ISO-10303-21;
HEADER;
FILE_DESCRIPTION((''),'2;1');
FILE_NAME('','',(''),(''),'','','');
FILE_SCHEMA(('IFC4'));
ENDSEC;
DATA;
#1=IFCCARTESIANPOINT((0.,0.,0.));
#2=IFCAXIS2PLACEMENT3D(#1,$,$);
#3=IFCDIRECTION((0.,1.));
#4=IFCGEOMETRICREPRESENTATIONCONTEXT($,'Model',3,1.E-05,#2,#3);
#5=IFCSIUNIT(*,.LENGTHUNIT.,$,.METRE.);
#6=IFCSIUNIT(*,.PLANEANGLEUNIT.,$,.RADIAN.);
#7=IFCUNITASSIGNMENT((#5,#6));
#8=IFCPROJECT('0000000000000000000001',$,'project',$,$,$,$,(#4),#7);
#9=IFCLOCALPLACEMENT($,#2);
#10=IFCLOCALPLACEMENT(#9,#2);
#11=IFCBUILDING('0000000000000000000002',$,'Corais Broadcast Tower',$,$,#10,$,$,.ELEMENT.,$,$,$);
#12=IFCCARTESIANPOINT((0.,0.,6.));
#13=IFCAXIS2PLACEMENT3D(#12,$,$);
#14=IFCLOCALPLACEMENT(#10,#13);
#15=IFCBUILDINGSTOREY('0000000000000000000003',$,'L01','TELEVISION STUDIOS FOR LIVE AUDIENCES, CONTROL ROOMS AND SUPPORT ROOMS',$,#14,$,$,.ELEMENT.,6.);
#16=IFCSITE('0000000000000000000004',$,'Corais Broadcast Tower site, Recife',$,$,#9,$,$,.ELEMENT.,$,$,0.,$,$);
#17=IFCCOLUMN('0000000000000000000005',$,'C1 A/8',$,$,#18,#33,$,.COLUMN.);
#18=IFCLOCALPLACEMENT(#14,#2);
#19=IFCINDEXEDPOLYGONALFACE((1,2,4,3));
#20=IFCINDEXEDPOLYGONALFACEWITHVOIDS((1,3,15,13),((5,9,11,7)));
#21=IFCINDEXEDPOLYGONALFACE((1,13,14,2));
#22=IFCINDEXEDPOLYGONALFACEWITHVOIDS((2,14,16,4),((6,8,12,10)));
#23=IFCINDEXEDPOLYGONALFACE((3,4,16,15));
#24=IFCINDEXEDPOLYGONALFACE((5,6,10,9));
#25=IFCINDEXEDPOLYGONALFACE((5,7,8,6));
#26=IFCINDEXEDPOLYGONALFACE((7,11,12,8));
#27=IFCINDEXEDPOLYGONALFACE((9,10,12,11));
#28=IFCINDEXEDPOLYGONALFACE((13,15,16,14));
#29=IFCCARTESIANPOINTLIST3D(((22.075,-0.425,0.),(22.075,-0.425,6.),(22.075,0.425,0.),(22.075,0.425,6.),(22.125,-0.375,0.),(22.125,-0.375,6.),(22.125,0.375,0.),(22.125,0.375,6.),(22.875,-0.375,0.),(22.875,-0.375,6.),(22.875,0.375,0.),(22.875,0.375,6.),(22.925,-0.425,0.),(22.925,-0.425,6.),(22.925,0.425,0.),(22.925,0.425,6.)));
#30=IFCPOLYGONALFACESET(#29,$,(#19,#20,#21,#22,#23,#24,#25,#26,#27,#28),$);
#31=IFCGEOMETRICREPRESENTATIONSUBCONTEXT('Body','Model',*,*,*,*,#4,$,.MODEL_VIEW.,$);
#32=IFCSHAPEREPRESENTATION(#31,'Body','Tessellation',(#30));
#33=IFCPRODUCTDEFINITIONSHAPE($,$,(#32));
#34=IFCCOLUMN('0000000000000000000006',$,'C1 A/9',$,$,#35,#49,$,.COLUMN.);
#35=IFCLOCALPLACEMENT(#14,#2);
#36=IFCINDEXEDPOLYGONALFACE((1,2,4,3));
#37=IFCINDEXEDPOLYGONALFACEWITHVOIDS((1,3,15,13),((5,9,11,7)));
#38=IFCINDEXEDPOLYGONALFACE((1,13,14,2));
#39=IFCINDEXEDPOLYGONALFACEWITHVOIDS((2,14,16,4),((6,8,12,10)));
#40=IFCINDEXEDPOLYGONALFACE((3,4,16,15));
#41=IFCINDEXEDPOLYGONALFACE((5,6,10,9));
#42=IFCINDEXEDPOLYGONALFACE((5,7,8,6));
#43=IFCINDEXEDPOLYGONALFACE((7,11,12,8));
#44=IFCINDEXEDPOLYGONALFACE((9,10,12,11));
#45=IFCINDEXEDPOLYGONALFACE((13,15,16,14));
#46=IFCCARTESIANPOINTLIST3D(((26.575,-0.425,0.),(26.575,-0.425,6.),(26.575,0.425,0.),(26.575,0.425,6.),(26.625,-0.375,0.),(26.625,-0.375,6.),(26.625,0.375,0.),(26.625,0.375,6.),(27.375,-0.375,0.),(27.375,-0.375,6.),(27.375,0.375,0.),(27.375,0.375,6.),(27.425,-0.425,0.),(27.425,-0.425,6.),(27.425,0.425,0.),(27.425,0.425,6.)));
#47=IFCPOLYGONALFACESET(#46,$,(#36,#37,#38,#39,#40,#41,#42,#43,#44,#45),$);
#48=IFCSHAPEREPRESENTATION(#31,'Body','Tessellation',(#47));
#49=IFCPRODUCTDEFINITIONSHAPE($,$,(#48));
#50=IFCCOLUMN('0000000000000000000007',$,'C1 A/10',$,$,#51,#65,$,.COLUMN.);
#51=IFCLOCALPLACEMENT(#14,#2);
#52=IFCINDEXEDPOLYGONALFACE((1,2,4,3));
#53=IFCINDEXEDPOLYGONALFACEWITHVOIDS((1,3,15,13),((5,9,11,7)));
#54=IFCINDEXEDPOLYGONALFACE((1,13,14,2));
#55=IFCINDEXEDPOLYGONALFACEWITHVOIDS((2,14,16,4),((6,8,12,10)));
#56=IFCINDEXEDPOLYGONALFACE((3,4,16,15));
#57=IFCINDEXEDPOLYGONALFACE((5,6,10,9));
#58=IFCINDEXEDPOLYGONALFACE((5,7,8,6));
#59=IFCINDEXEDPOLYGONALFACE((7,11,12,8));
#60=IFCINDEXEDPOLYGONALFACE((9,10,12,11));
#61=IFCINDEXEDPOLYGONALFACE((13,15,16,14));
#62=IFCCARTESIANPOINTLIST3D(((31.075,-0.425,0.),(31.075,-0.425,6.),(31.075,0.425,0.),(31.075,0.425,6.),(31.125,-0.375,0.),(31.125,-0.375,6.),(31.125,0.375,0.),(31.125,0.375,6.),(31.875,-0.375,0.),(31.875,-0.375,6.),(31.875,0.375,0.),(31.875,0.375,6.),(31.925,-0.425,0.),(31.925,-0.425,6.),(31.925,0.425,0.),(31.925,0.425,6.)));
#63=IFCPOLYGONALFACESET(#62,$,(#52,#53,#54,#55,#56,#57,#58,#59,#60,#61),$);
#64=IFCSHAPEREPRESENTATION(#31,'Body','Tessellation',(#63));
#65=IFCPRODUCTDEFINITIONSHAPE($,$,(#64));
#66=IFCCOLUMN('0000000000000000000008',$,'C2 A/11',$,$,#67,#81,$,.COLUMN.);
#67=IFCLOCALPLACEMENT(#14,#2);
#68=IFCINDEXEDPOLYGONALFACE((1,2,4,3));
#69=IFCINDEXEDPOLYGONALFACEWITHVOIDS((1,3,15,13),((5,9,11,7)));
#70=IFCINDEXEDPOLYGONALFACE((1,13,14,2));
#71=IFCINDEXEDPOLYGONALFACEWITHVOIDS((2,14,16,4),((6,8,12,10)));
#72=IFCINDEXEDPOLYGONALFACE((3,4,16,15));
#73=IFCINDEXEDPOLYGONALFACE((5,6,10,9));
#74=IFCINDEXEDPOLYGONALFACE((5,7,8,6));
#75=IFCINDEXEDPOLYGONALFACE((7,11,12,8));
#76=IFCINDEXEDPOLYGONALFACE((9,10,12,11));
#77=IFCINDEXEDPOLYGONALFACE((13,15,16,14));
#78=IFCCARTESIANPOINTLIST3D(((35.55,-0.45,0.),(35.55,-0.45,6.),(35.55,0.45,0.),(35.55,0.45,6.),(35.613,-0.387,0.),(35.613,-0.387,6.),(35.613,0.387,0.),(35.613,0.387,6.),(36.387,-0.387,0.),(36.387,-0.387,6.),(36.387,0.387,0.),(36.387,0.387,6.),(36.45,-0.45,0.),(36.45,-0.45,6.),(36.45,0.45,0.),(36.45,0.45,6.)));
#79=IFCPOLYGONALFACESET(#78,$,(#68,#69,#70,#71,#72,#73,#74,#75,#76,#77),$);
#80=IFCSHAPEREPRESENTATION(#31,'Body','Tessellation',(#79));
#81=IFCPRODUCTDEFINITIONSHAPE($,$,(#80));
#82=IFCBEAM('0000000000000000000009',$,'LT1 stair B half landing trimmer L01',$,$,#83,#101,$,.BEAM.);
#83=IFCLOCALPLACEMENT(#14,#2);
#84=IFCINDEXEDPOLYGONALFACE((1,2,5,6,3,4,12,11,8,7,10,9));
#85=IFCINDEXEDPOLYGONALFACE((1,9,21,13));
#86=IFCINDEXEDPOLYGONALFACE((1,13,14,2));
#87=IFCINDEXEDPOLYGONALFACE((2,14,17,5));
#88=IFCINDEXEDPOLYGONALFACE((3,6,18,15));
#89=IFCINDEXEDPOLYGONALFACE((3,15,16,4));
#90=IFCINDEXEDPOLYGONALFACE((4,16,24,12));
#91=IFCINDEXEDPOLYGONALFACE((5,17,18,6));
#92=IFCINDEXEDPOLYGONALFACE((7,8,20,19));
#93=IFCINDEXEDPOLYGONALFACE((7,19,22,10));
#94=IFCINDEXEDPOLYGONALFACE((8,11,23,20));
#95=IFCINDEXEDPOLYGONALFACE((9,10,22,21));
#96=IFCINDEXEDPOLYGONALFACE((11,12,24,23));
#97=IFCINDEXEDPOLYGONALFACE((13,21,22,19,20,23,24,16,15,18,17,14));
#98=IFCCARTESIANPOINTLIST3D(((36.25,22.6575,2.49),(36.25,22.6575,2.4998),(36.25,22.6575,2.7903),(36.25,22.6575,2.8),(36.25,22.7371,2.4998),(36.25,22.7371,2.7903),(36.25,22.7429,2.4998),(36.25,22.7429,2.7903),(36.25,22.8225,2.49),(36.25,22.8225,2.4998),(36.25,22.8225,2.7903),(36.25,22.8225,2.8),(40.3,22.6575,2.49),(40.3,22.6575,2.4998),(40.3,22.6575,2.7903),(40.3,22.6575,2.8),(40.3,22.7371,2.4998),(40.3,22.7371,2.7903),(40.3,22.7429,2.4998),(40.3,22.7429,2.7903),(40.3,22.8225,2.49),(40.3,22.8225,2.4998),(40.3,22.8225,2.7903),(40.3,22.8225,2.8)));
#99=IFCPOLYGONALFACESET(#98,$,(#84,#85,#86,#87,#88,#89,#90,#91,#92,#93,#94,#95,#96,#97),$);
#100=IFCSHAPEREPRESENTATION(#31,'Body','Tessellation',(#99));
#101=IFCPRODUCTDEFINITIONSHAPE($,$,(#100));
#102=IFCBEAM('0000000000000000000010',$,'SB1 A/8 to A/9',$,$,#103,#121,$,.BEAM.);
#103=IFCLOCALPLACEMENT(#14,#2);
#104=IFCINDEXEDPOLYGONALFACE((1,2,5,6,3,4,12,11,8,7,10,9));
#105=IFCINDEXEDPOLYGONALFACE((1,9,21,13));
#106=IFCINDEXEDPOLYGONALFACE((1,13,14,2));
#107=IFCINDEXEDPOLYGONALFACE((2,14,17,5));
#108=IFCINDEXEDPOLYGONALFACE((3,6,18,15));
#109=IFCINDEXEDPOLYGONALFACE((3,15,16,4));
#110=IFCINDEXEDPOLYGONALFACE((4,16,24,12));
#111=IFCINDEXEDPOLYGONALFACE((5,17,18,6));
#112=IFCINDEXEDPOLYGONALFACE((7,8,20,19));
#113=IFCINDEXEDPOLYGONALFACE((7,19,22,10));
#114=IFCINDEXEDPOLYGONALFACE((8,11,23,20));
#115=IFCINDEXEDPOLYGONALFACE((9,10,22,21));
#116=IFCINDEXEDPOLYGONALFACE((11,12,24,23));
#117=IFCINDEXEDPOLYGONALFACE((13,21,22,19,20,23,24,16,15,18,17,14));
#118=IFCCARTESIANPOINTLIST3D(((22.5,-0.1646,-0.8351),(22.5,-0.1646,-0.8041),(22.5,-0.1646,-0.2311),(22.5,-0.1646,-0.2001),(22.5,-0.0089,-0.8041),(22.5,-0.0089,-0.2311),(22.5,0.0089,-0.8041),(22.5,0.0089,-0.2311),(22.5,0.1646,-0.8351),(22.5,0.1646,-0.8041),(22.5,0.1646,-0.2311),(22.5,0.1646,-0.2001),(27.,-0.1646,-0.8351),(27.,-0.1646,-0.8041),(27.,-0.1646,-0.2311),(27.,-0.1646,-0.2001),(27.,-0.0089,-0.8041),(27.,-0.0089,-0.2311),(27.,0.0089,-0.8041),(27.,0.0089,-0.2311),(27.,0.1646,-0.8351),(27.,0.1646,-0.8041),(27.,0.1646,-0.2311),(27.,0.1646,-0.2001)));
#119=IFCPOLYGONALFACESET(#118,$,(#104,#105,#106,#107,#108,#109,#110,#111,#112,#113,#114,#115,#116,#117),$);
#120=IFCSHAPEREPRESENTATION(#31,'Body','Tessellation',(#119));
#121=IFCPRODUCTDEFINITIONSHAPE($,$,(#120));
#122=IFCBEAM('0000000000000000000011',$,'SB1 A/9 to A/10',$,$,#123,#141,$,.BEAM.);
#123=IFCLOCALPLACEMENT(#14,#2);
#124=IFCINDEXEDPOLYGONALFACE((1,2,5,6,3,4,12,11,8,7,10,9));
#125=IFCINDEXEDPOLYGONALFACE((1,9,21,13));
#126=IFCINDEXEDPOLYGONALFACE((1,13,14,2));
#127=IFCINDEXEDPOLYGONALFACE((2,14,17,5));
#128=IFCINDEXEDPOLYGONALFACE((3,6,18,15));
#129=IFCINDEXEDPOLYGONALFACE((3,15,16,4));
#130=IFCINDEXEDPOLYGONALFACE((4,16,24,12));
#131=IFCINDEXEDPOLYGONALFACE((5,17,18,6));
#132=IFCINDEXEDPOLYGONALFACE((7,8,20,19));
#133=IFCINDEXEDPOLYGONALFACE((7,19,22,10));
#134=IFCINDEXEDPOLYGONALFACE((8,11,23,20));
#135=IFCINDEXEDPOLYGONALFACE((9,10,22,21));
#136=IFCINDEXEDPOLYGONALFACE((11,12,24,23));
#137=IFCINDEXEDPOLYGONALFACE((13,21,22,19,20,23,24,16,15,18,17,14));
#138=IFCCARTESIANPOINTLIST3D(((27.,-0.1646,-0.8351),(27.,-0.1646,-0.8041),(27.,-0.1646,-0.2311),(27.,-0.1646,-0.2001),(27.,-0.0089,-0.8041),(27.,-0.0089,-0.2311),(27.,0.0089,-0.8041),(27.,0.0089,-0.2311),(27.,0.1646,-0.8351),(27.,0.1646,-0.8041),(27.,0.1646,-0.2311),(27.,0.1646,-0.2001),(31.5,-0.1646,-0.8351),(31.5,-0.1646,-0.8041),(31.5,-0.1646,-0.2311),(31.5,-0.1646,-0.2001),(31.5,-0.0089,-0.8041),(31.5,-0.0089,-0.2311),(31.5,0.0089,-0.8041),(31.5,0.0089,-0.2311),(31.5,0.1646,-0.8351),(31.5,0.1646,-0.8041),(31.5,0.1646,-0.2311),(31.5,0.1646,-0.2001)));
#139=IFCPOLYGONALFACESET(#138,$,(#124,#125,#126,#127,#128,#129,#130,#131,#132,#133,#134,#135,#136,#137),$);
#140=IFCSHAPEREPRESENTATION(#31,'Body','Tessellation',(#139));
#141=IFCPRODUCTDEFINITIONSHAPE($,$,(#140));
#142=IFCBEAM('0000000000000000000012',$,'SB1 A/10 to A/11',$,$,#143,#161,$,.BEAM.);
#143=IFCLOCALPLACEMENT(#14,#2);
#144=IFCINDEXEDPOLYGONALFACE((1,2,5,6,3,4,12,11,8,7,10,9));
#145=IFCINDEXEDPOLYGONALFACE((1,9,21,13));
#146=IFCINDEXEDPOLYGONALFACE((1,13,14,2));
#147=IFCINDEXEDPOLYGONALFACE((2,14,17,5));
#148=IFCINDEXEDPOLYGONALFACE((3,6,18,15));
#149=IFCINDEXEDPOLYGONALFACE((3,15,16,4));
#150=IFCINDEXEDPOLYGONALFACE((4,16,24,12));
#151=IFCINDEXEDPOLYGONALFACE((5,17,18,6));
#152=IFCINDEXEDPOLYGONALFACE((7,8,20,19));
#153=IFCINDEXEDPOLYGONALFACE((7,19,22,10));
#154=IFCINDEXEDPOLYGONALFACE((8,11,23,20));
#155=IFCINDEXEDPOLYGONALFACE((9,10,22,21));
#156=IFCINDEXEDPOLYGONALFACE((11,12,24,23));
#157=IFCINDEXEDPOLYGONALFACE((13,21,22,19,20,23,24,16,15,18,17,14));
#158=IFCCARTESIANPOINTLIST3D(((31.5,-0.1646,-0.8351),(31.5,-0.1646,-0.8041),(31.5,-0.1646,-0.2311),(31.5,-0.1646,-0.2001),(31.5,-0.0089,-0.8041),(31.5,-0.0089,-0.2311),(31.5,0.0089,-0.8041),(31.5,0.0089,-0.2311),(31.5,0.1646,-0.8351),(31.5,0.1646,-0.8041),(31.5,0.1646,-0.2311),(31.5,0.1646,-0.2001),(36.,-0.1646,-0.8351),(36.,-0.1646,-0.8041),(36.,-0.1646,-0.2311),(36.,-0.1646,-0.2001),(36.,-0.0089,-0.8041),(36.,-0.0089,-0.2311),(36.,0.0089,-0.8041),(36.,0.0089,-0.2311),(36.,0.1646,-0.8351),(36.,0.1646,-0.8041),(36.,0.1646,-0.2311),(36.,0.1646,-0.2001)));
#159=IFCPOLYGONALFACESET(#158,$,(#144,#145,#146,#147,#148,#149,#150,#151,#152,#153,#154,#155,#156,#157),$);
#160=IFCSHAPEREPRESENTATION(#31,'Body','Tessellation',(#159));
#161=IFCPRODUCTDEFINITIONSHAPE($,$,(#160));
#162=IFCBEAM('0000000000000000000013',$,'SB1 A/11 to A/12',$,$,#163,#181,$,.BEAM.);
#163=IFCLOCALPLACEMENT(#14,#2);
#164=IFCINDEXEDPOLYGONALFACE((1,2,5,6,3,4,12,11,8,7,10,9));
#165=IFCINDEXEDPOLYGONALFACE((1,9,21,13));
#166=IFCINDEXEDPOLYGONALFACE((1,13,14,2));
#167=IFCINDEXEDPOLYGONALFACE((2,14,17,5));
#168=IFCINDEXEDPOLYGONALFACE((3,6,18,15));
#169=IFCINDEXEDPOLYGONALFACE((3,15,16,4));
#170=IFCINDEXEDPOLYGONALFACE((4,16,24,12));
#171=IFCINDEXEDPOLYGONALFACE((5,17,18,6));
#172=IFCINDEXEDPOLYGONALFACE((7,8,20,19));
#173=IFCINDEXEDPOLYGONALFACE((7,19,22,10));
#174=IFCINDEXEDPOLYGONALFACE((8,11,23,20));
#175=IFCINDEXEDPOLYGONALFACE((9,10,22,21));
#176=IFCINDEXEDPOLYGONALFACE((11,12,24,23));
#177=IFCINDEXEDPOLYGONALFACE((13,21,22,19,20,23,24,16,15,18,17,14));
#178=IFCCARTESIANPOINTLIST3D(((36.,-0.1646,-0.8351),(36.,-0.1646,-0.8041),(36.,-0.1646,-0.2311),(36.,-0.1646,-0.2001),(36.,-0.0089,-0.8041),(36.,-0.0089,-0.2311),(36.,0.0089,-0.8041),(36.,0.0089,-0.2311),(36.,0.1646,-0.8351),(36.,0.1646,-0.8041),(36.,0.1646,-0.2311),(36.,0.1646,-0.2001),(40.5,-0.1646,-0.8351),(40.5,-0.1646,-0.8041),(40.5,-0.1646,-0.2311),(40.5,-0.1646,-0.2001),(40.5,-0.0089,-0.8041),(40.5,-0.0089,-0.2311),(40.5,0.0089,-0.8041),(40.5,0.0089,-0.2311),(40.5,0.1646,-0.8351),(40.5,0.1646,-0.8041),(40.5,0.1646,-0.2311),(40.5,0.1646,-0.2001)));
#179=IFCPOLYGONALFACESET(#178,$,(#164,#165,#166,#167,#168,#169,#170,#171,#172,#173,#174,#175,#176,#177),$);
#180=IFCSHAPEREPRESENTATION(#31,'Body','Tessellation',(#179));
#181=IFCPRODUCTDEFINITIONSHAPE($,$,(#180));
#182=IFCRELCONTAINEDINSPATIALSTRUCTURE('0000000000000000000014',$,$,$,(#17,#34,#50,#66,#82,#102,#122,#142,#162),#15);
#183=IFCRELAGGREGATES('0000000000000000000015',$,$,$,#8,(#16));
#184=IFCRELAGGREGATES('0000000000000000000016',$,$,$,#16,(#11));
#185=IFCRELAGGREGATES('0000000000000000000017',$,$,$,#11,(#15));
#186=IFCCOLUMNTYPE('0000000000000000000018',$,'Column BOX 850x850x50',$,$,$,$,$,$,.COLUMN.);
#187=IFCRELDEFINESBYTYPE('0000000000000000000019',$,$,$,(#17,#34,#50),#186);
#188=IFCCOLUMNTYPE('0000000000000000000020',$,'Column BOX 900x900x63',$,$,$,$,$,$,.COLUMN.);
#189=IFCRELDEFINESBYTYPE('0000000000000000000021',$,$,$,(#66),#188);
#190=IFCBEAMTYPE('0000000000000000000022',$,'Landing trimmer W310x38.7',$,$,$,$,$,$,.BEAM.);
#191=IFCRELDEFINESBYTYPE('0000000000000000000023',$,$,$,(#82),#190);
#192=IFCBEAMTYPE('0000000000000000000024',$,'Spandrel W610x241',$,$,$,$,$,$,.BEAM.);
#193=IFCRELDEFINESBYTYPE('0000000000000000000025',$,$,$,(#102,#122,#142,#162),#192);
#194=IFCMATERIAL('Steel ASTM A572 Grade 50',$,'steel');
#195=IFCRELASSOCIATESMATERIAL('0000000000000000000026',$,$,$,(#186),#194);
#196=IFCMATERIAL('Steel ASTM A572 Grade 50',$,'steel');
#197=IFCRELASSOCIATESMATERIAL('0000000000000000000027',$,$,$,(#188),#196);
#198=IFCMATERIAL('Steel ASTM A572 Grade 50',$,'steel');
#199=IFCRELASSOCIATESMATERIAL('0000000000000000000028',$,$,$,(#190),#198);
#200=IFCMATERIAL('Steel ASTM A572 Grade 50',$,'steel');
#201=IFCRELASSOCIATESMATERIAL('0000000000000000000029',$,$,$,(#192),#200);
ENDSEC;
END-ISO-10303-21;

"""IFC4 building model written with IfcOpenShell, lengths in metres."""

from ifc_helpers import new_model, si_unit, direction, frame, origin, origin_2d, place, context, subcontext, project, spatial, hollow_rectangle, i_section, extrude, material, material_profile, profile_set, type_object, element, save


model = new_model("IFC4")

# Units and contexts
model_context = context("Model", 3, precision=1e-05, world=origin(), true_north=direction((0.0, 1.0)))
body_context = subcontext(model_context, "Body", "Model", "MODEL_VIEW")
ifc_project = project(units=[si_unit("LENGTHUNIT", "METRE"), si_unit("PLANEANGLEUNIT", "RADIAN")], contexts=[model_context])

# Site, building, storey
site_placement = place(None, origin())
site = spatial("IfcSite", under=ifc_project, at=site_placement, Name="Corais Broadcast Tower site, Recife", CompositionType="ELEMENT", RefElevation=0.0)
building_placement = place(site_placement, origin())
building = spatial("IfcBuilding", under=site, at=building_placement, Name="Corais Broadcast Tower", CompositionType="ELEMENT")
storey_placement = place(building_placement, frame((0.0, 0.0, 6.0)))
storey = spatial("IfcBuildingStorey", under=building, at=storey_placement, Name="L01", Description="TELEVISION STUDIOS FOR LIVE AUDIENCES, CONTROL ROOMS AND SUPPORT ROOMS", CompositionType="ELEMENT", Elevation=6.0)

# Columns
ifc_material_1 = material(Name="Steel ASTM A572 Grade 50", Category="steel")
ifc_material_profile_1 = material_profile(ifc_material_1, hollow_rectangle(XDim=0.8501, YDim=0.8501, WallThickness=0.05, at=origin_2d()), Name="BOX 850x850x50")
ifc_profile_set_1 = profile_set([ifc_material_profile_1], Name="Steel ASTM A572 Grade 50")
column_type_1 = type_object("IfcColumnType", Name="Column BOX 850x850x50", PredefinedType="COLUMN", material=ifc_profile_set_1)
for number, where, z_axis, x_axis, name in (
    (1, (22.5, 0.0, 0.0), (0.0, 0.0, 1.0), (1.0, 0.0, 0.0), "C1 A/8"),
    (2, (27.0, 0.0, 0.0), (0.0, 0.0, 1.0), (1.0, 0.0, 0.0), "C1 A/9"),
    (3, (31.5, 0.0, 0.0), (0.0, 0.0, 1.0), (1.0, 0.0, 0.0), "C1 A/10"),
):
    element("IfcColumn", number, at=place(storey_placement, frame(where, z_axis=z_axis, x_axis=x_axis)), inside=storey, type_object=column_type_1, Name=name, PredefinedType="COLUMN", context=body_context, shape_type="SweptSolid", body=[
        extrude(hollow_rectangle(XDim=0.8501, YDim=0.8501, WallThickness=0.05, at=origin_2d()), origin(), (0.0, 0.0, 1.0), 6.0),
    ])
ifc_material_2 = material(Name="Steel ASTM A572 Grade 50", Category="steel")
ifc_material_profile_2 = material_profile(ifc_material_2, hollow_rectangle(XDim=0.8999, YDim=0.8999, WallThickness=0.063, at=origin_2d()), Name="BOX 900x900x63")
ifc_profile_set_2 = profile_set([ifc_material_profile_2], Name="Steel ASTM A572 Grade 50")
column_type_2 = type_object("IfcColumnType", Name="Column BOX 900x900x63", PredefinedType="COLUMN", material=ifc_profile_set_2)
column_placement = place(storey_placement, frame((36.0, 0.0, 0.0), z_axis=(0.0, 0.0, 1.0), x_axis=(1.0, 0.0, 0.0)))
element("IfcColumn", 4, at=column_placement, inside=storey, type_object=column_type_2, Name="C2 A/11", PredefinedType="COLUMN", context=body_context, shape_type="SweptSolid", body=[
    extrude(hollow_rectangle(XDim=0.8999, YDim=0.8999, WallThickness=0.063, at=origin_2d()), origin(), (0.0, 0.0, 1.0), 6.0),
])

# Beams
ifc_material_3 = material(Name="Steel ASTM A572 Grade 50", Category="steel")
ifc_material_profile_3 = material_profile(ifc_material_3, i_section(OverallWidth=0.165, OverallDepth=0.3101, WebThickness=0.0059, FlangeThickness=0.0098, at=origin_2d()), Name="W310x38.7")
ifc_profile_set_3 = profile_set([ifc_material_profile_3], Name="Steel ASTM A572 Grade 50")
beam_type_1 = type_object("IfcBeamType", Name="Landing trimmer W310x38.7", PredefinedType="BEAM", material=ifc_profile_set_3)
beam_placement = place(storey_placement, frame((36.25, 22.74, 2.645), z_axis=(1.0, 0.0, 0.0), x_axis=(0.0, 1.0, 0.0)))
element("IfcBeam", 5, at=beam_placement, inside=storey, type_object=beam_type_1, Name="LT1 stair B half landing trimmer L01", PredefinedType="BEAM", context=body_context, shape_type="SweptSolid", body=[
    extrude(i_section(OverallWidth=0.165, OverallDepth=0.3101, WebThickness=0.0059, FlangeThickness=0.0098, at=origin_2d()), origin(), (0.0, 0.0, 1.0), 4.05),
])
ifc_material_4 = material(Name="Steel ASTM A572 Grade 50", Category="steel")
ifc_material_profile_4 = material_profile(ifc_material_4, i_section(OverallWidth=0.3291, OverallDepth=0.635, WebThickness=0.0178, FlangeThickness=0.031, at=origin_2d()), Name="W610x241")
ifc_profile_set_4 = profile_set([ifc_material_profile_4], Name="Steel ASTM A572 Grade 50")
beam_type_2 = type_object("IfcBeamType", Name="Spandrel W610x241", PredefinedType="BEAM", material=ifc_profile_set_4)
for number, where, z_axis, x_axis, name in (
    (6, (22.5, 0.0, -0.5176), (1.0, 0.0, 0.0), (0.0, 1.0, 0.0), "SB1 A/8 to A/9"),
    (7, (27.0, 0.0, -0.5176), (1.0, 0.0, 0.0), (0.0, 1.0, 0.0), "SB1 A/9 to A/10"),
    (8, (31.5, 0.0, -0.5176), (1.0, 0.0, 0.0), (0.0, 1.0, 0.0), "SB1 A/10 to A/11"),
    (9, (36.0, 0.0, -0.5176), (1.0, 0.0, 0.0), (0.0, 1.0, 0.0), "SB1 A/11 to A/12"),
):
    element("IfcBeam", number, at=place(storey_placement, frame(where, z_axis=z_axis, x_axis=x_axis)), inside=storey, type_object=beam_type_2, Name=name, PredefinedType="BEAM", context=body_context, shape_type="SweptSolid", body=[
        extrude(i_section(OverallWidth=0.3291, OverallDepth=0.635, WebThickness=0.0178, FlangeThickness=0.031, at=origin_2d()), origin(), (0.0, 0.0, 1.0), 4.5),
    ])

save(model, "model.ifc")
